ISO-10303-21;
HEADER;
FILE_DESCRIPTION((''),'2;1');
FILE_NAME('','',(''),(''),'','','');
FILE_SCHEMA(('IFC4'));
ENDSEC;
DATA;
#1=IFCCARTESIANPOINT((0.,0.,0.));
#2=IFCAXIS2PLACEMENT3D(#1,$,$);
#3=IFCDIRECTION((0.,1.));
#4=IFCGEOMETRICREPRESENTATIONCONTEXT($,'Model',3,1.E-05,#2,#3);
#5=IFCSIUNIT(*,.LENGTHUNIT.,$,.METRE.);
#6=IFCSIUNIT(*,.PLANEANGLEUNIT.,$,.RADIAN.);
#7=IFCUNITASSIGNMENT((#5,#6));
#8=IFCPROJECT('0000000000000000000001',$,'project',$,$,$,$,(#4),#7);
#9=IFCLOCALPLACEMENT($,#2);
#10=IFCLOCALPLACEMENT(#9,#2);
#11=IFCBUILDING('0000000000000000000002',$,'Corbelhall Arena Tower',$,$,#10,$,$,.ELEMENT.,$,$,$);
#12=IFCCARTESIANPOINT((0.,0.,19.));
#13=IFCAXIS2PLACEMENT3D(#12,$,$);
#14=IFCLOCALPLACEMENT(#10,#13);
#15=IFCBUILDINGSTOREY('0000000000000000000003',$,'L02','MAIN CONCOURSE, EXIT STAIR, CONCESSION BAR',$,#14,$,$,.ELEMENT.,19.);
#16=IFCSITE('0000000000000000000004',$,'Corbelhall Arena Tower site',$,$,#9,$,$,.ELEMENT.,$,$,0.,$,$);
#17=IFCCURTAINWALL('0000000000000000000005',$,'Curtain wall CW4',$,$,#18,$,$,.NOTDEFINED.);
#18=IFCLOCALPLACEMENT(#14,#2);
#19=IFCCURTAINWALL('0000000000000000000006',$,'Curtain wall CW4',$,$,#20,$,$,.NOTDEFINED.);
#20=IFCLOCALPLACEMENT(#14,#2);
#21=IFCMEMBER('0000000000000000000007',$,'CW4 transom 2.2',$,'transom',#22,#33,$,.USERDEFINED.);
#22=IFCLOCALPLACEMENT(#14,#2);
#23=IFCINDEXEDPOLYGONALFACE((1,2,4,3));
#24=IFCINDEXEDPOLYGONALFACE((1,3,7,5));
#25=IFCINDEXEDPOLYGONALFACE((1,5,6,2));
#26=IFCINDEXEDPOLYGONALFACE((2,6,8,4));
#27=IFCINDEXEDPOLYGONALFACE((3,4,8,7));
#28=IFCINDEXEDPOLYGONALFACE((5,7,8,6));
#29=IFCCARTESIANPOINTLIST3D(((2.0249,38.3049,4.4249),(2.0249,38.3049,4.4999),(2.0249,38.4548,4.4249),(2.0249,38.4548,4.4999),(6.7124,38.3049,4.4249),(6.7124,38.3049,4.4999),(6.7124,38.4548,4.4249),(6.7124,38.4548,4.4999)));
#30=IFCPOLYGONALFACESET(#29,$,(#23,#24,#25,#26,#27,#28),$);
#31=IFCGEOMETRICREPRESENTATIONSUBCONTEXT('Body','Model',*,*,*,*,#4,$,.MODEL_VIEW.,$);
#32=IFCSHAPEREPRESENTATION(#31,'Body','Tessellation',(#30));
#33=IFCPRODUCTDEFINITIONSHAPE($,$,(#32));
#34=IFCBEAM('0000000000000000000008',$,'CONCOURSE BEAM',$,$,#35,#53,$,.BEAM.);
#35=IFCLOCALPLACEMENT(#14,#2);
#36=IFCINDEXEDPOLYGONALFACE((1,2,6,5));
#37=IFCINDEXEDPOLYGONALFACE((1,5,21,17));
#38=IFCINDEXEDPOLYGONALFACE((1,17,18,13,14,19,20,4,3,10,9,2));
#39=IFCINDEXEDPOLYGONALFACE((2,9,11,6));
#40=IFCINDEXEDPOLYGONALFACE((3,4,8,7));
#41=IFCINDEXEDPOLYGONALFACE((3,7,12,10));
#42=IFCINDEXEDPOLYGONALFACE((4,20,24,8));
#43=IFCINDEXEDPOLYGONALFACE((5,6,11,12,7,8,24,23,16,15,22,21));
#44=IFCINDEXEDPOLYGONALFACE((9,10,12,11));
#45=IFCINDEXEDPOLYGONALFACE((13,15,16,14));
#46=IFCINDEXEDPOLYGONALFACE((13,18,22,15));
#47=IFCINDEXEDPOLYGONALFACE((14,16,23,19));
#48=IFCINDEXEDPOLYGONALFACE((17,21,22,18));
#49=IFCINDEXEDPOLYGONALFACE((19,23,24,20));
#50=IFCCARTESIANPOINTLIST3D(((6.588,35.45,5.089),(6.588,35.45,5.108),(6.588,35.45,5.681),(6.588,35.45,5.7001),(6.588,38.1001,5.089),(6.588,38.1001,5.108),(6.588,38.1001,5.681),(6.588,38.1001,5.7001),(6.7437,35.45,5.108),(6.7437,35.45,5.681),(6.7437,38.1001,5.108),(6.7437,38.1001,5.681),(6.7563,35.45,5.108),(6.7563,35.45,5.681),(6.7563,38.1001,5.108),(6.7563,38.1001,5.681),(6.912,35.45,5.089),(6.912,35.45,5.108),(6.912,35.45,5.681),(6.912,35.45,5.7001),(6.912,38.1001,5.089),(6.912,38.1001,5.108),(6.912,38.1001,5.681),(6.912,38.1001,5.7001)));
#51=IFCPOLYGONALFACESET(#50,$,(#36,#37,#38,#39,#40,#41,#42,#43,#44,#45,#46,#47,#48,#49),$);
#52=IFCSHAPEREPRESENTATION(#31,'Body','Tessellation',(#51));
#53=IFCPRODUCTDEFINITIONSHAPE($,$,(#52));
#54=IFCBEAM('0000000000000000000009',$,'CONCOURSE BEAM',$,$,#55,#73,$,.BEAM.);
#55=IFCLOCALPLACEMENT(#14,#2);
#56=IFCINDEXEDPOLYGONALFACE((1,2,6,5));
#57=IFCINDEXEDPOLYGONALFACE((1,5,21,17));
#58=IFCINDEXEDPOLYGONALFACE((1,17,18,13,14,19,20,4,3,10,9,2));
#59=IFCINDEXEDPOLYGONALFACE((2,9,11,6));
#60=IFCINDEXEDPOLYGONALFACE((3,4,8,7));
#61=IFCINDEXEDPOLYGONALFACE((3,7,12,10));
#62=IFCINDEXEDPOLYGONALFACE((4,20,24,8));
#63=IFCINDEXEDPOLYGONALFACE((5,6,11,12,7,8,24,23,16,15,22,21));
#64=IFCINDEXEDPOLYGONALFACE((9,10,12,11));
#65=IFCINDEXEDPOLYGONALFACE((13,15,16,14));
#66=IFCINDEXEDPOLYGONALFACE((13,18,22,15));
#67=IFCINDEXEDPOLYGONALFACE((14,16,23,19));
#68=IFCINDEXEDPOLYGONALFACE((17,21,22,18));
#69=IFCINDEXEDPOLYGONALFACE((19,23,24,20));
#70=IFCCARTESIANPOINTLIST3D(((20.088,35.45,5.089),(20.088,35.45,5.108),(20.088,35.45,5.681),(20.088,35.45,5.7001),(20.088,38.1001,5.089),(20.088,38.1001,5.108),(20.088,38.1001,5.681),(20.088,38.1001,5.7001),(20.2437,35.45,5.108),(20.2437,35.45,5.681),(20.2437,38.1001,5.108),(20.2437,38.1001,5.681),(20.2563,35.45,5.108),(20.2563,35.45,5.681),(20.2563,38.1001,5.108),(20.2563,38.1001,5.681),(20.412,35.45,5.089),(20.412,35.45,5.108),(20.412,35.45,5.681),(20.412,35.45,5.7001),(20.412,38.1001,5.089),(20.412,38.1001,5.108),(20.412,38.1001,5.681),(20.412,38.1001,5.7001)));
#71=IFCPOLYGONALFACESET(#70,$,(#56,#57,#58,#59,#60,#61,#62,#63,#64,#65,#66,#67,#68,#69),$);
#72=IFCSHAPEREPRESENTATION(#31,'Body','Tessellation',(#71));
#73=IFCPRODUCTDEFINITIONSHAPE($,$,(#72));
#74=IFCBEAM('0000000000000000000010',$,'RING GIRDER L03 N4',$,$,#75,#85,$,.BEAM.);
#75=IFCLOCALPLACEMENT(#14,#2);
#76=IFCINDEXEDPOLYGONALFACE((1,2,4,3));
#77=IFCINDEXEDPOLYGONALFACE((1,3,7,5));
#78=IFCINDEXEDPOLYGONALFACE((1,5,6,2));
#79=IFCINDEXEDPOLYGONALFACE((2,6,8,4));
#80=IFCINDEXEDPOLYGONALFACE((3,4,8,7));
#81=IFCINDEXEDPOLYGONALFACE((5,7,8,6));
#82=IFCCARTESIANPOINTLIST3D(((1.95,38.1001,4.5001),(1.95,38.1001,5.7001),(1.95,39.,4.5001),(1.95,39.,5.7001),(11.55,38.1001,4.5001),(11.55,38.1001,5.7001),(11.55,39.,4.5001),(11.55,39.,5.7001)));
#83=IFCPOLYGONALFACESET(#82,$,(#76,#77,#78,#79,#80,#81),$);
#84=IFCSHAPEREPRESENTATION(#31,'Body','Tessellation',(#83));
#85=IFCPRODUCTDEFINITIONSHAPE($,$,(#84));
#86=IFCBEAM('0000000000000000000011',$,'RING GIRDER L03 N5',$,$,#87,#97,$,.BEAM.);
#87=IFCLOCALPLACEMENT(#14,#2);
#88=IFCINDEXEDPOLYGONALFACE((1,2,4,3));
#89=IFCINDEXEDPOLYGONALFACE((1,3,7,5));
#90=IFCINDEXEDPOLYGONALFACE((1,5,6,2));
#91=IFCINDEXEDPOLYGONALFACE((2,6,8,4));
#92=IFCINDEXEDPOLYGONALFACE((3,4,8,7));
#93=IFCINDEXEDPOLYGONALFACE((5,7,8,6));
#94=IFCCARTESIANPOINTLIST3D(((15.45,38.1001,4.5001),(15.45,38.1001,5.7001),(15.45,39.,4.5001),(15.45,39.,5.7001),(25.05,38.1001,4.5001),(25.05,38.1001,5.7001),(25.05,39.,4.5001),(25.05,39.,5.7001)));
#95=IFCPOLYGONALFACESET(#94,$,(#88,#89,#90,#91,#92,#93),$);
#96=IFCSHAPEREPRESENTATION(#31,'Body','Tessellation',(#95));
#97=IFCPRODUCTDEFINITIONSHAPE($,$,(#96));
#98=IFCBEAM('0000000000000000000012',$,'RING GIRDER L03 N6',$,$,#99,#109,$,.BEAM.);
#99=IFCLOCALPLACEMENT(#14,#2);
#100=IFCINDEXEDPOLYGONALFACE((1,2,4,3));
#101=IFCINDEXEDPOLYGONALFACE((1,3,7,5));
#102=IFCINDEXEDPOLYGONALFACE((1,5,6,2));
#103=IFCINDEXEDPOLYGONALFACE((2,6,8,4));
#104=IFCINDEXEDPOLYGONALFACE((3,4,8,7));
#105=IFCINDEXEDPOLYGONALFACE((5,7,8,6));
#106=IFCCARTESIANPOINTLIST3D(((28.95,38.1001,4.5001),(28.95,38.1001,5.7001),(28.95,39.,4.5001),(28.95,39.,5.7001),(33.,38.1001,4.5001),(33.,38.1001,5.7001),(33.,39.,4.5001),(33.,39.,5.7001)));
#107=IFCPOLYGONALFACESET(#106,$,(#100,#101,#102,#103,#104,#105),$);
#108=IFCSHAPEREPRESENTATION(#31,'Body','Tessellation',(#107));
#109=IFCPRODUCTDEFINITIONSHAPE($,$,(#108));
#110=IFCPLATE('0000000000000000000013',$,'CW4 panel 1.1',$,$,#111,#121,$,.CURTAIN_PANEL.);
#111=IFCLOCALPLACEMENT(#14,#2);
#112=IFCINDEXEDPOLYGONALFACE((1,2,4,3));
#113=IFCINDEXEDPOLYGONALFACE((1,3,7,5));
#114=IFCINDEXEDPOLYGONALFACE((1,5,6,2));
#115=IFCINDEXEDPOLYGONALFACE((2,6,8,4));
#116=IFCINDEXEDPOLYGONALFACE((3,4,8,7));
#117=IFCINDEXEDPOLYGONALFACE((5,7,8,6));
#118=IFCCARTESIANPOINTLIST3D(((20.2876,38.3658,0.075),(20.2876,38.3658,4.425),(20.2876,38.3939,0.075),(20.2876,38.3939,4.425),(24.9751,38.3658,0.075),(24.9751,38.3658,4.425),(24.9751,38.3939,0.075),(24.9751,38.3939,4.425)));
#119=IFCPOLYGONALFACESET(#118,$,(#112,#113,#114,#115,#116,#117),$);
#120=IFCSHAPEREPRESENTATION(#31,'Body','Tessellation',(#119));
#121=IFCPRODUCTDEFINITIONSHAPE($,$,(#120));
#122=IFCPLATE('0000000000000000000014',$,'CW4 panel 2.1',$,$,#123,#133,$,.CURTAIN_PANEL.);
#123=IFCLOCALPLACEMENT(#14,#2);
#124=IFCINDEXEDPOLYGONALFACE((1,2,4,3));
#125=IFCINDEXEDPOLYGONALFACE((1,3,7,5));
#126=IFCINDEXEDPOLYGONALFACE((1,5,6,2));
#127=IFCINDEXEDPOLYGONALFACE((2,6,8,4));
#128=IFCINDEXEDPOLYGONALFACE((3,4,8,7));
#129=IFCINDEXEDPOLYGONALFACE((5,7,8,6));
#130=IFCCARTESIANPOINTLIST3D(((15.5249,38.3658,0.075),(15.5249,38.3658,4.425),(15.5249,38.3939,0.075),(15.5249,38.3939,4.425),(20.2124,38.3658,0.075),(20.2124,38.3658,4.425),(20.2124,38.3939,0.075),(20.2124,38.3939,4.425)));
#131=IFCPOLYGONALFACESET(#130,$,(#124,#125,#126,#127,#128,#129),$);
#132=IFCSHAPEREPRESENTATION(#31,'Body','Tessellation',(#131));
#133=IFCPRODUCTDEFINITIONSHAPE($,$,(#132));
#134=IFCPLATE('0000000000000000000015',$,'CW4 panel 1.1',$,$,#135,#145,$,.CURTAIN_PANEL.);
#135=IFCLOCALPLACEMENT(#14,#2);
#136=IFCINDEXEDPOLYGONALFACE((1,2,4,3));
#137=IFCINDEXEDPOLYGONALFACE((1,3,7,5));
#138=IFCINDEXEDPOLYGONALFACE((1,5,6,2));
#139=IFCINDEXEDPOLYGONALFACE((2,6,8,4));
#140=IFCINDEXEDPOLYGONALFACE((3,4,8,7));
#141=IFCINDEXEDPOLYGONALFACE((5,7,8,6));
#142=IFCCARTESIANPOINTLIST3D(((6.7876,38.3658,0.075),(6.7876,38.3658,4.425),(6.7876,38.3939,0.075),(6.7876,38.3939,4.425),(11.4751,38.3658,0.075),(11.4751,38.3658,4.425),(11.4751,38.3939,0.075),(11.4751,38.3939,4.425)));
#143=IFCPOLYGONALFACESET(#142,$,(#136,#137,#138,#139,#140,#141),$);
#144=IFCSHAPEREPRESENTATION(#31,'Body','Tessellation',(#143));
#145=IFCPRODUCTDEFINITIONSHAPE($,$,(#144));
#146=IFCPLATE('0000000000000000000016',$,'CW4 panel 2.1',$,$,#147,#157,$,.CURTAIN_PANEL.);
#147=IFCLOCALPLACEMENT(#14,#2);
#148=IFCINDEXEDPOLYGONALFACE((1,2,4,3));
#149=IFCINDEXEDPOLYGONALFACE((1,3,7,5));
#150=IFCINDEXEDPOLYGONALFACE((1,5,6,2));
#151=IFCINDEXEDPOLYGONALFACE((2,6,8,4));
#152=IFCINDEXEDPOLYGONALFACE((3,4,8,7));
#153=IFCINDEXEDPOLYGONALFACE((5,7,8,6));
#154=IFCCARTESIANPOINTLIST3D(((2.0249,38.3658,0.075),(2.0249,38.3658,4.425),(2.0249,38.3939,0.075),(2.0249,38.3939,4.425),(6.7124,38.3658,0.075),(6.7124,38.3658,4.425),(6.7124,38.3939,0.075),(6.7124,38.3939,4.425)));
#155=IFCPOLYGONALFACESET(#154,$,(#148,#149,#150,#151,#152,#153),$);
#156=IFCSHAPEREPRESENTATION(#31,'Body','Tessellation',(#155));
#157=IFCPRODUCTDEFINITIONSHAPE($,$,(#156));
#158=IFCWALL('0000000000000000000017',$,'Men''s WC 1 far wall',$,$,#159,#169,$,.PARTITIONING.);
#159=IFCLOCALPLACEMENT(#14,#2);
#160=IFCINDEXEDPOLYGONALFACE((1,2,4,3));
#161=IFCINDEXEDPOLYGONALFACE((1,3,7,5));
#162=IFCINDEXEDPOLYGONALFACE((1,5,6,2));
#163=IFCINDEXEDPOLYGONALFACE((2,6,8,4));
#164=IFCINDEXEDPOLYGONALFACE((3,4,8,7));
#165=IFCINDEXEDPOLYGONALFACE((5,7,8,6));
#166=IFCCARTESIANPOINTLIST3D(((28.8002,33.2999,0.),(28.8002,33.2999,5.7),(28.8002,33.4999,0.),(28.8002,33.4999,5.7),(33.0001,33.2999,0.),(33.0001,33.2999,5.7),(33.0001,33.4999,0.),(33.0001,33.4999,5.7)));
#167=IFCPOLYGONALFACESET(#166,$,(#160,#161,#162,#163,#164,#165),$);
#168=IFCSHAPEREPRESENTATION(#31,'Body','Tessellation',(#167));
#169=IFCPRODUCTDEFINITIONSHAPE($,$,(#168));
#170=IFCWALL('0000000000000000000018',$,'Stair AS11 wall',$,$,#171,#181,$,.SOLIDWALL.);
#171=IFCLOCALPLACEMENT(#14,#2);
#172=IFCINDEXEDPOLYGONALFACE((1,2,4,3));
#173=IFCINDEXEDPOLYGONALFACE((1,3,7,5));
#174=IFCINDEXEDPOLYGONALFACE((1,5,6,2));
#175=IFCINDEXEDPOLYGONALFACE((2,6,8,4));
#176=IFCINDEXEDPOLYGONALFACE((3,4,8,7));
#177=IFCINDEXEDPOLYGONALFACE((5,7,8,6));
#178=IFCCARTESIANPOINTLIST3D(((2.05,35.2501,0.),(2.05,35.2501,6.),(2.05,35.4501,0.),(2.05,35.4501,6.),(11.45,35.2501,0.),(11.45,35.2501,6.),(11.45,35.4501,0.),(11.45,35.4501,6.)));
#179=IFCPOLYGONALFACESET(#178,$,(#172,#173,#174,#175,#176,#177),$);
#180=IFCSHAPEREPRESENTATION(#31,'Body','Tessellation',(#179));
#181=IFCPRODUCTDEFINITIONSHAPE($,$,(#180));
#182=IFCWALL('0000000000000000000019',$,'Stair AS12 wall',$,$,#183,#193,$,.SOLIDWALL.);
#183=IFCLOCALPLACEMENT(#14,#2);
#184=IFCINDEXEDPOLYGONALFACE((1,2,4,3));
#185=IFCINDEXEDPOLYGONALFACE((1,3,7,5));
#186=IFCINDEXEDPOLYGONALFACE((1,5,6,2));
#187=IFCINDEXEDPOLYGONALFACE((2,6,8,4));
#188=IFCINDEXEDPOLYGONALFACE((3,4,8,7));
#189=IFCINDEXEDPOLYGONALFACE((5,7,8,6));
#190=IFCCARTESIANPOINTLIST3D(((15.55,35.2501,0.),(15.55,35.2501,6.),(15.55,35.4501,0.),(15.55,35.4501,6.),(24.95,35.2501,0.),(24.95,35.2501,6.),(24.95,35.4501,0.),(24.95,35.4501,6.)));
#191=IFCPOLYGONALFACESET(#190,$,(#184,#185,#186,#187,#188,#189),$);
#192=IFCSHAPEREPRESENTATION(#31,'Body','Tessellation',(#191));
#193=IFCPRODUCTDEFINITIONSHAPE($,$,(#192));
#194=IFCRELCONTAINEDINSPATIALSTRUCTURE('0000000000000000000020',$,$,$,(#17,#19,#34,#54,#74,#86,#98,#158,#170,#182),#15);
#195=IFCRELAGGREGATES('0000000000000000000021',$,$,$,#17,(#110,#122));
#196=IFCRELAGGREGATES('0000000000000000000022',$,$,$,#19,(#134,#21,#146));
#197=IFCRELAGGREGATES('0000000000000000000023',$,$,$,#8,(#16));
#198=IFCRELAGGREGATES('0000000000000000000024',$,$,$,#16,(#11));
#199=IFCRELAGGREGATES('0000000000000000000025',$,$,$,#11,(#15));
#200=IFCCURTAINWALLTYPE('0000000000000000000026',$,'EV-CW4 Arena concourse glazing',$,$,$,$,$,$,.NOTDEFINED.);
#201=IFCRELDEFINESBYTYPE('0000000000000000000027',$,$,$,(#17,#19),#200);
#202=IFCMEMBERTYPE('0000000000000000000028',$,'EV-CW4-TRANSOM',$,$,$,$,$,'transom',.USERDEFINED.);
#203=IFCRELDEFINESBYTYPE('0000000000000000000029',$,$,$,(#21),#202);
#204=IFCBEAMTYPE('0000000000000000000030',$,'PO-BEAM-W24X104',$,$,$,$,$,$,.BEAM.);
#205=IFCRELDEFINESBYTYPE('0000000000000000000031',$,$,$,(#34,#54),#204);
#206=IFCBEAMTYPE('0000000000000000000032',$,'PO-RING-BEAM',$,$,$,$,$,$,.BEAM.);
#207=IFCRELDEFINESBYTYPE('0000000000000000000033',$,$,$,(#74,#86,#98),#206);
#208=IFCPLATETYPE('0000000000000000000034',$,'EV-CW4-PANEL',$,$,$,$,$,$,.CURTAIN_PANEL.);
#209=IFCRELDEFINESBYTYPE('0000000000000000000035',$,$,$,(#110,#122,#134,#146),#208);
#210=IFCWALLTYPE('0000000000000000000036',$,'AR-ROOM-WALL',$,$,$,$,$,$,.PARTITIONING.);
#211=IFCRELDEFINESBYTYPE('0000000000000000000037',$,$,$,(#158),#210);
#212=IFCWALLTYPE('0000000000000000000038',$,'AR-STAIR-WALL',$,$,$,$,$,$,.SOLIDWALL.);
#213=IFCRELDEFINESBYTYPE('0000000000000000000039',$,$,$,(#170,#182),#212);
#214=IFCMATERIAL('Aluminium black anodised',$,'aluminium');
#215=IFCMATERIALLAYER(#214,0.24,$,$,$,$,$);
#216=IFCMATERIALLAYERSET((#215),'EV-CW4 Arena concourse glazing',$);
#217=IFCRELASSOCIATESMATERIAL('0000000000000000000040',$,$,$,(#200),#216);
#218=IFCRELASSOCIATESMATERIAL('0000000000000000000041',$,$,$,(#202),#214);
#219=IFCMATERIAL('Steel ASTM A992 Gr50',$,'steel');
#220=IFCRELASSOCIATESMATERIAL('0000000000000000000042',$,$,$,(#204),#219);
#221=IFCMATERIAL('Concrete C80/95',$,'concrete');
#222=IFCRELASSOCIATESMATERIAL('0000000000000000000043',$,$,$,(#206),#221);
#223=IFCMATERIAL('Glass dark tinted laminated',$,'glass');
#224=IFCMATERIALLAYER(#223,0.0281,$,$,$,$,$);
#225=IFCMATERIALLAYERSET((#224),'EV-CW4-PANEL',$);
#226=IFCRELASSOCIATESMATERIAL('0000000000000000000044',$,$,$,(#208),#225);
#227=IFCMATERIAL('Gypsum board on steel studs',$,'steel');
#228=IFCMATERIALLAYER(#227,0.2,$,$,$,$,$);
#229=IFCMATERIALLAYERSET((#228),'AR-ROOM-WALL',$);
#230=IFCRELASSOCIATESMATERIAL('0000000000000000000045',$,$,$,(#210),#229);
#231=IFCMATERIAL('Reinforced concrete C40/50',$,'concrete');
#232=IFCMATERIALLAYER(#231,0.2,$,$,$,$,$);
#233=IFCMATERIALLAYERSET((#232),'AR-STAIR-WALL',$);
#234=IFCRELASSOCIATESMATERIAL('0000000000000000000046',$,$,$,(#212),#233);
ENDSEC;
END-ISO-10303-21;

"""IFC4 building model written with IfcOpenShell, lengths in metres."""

from ifc_helpers import new_model, si_unit, direction, frame, frame_2d, origin, origin_2d, place, context, subcontext, project, spatial, rectangle, i_section, extrude, material, layer, layer_set, material_profile, profile_set, type_object, element, aggregate, save


model = new_model("IFC4")

# Units and contexts
model_context = context("Model", 3, precision=1e-05, world=origin(), true_north=direction((0.0, 1.0)))
body_context = subcontext(model_context, "Body", "Model", "MODEL_VIEW")
ifc_project = project(units=[si_unit("LENGTHUNIT", "METRE"), si_unit("PLANEANGLEUNIT", "RADIAN")], contexts=[model_context])

# Site, building, storey
site_placement = place(None, origin())
site = spatial("IfcSite", under=ifc_project, at=site_placement, Name="Corbelhall Arena Tower site", CompositionType="ELEMENT", RefElevation=0.0)
building_placement = place(site_placement, origin())
building = spatial("IfcBuilding", under=site, at=building_placement, Name="Corbelhall Arena Tower", CompositionType="ELEMENT")
storey_placement = place(building_placement, frame((0.0, 0.0, 19.0)))
storey = spatial("IfcBuildingStorey", under=building, at=storey_placement, Name="L02", Description="MAIN CONCOURSE, EXIT STAIR, CONCESSION BAR", CompositionType="ELEMENT", Elevation=19.0)

# Shared definitions
ifc_material_1 = material(Name="Concrete C80/95", Category="concrete")

# Curtain walls
ifc_material_2 = material(Name="Aluminium black anodised", Category="aluminium")
ifc_layer_1 = layer(ifc_material_2, 0.24)
ifc_layer_set_1 = layer_set([ifc_layer_1], Name="EV-CW4 Arena concourse glazing")
curtain_wall_type = type_object("IfcCurtainWallType", Name="EV-CW4 Arena concourse glazing", PredefinedType="NOTDEFINED", material=ifc_layer_set_1)
curtain_wall_1_placement = place(storey_placement, origin())
curtain_wall_1 = element("IfcCurtainWall", 1, at=curtain_wall_1_placement, inside=storey, type_object=curtain_wall_type, Name="Curtain wall CW4", PredefinedType="NOTDEFINED")
curtain_wall_2_placement = place(storey_placement, origin())
curtain_wall_2 = element("IfcCurtainWall", 2, at=curtain_wall_2_placement, inside=storey, type_object=curtain_wall_type, Name="Curtain wall CW4", PredefinedType="NOTDEFINED")

# Member
ifc_material_profile_1 = material_profile(ifc_material_2, rectangle(XDim=0.1499, YDim=0.075, at=origin_2d()))
ifc_profile_set_1 = profile_set([ifc_material_profile_1], Name="Aluminium black anodised")
member_type_1 = type_object("IfcMemberType", Name="EV-CW4-TRANSOM", ElementType="transom", PredefinedType="USERDEFINED", material=ifc_profile_set_1)
member_1_placement = place(storey_placement, frame((6.7124, 38.3799, 4.4624), z_axis=(-1.0, 0.0, 0.0), x_axis=(0.0, -1.0, 0.0)))
member_1 = element("IfcMember", 3, at=member_1_placement, type_object=member_type_1, Name="CW4 transom 2.2", ObjectType="transom", PredefinedType="USERDEFINED", context=body_context, shape_type="SweptSolid", body=[
    extrude(rectangle(XDim=0.1499, YDim=0.075, at=origin_2d()), origin(), (0.0, 0.0, 1.0), 4.6875),
])

# Beams
ifc_material_3 = material(Name="Steel ASTM A992 Gr50", Category="steel")
ifc_material_profile_2 = material_profile(ifc_material_3, i_section(OverallWidth=0.324, OverallDepth=0.6111, WebThickness=0.0127, FlangeThickness=0.019, at=origin_2d()))
ifc_profile_set_2 = profile_set([ifc_material_profile_2], Name="Steel ASTM A992 Gr50")
beam_type_1 = type_object("IfcBeamType", Name="PO-BEAM-W24X104", PredefinedType="BEAM", material=ifc_profile_set_2)
for number, where, z_axis, x_axis, name in (
    (4, (6.75, 35.45, 5.3945), (0.0, 1.0, 0.0), (-1.0, 0.0, 0.0), "CONCOURSE BEAM"),
    (5, (20.25, 35.45, 5.3945), (0.0, 1.0, 0.0), (-1.0, 0.0, 0.0), "CONCOURSE BEAM"),
):
    element("IfcBeam", number, at=place(storey_placement, frame(where, z_axis=z_axis, x_axis=x_axis)), inside=storey, type_object=beam_type_1, Name=name, PredefinedType="BEAM", context=body_context, shape_type="SweptSolid", body=[
        extrude(i_section(OverallWidth=0.324, OverallDepth=0.6111, WebThickness=0.0127, FlangeThickness=0.019, at=origin_2d()), origin(), (0.0, 0.0, 1.0), 2.6501),
    ])
ifc_material_profile_3 = material_profile(ifc_material_1, rectangle(XDim=0.8999, YDim=1.2, at=origin_2d()))
ifc_profile_set_3 = profile_set([ifc_material_profile_3], Name="Concrete C80/95")
beam_type_2 = type_object("IfcBeamType", Name="PO-RING-BEAM", PredefinedType="BEAM", material=ifc_profile_set_3)
for number, where, z_axis, x_axis, name in (
    (6, (1.95, 38.55, 5.1001), (1.0, 0.0, 0.0), (0.0, 1.0, 0.0), "RING GIRDER L03 N4"),
    (7, (15.45, 38.55, 5.1001), (1.0, 0.0, 0.0), (0.0, 1.0, 0.0), "RING GIRDER L03 N5"),
):
    element("IfcBeam", number, at=place(storey_placement, frame(where, z_axis=z_axis, x_axis=x_axis)), inside=storey, type_object=beam_type_2, Name=name, PredefinedType="BEAM", context=body_context, shape_type="SweptSolid", body=[
        extrude(rectangle(XDim=0.8999, YDim=1.2, at=origin_2d()), origin(), (0.0, 0.0, 1.0), 9.6001),
    ])
beam_placement = place(storey_placement, frame((28.95, 38.55, 5.1001), z_axis=(1.0, 0.0, 0.0), x_axis=(0.0, 1.0, 0.0)))
element("IfcBeam", 8, at=beam_placement, inside=storey, type_object=beam_type_2, Name="RING GIRDER L03 N6", PredefinedType="BEAM", context=body_context, shape_type="SweptSolid", body=[
    extrude(rectangle(XDim=0.8999, YDim=1.2, at=origin_2d()), origin(), (0.0, 0.0, 1.0), 4.05),
])

# Plates
ifc_material_4 = material(Name="Glass dark tinted laminated", Category="glass")
ifc_layer_2 = layer(ifc_material_4, 0.0281)
ifc_layer_set_2 = layer_set([ifc_layer_2], Name="EV-CW4-PANEL")
plate_type = type_object("IfcPlateType", Name="EV-CW4-PANEL", PredefinedType="CURTAIN_PANEL", material=ifc_layer_set_2)
plate_1_placement = place(storey_placement, frame((22.6313, 38.3799, 0.075), z_axis=(0.0, 0.0, 1.0), x_axis=(-1.0, 0.0, 0.0)))
plate_1 = element("IfcPlate", 9, at=plate_1_placement, type_object=plate_type, Name="CW4 panel 1.1", PredefinedType="CURTAIN_PANEL", context=body_context, shape_type="SweptSolid", body=[
    extrude(rectangle(XDim=4.6875, YDim=0.0281, at=origin_2d()), origin(), (0.0, 0.0, 1.0), 4.3501),
])
plate_2_placement = place(storey_placement, frame((17.8687, 38.3799, 0.075), z_axis=(0.0, 0.0, 1.0), x_axis=(-1.0, 0.0, 0.0)))
plate_2 = element("IfcPlate", 10, at=plate_2_placement, type_object=plate_type, Name="CW4 panel 2.1", PredefinedType="CURTAIN_PANEL", context=body_context, shape_type="SweptSolid", body=[
    extrude(rectangle(XDim=4.6875, YDim=0.0281, at=origin_2d()), origin(), (0.0, 0.0, 1.0), 4.3501),
])
aggregate(curtain_wall_1, [plate_1, plate_2])
plate_3_placement = place(storey_placement, frame((9.1313, 38.3799, 0.075), z_axis=(0.0, 0.0, 1.0), x_axis=(-1.0, 0.0, 0.0)))
plate_3 = element("IfcPlate", 11, at=plate_3_placement, type_object=plate_type, Name="CW4 panel 1.1", PredefinedType="CURTAIN_PANEL", context=body_context, shape_type="SweptSolid", body=[
    extrude(rectangle(XDim=4.6875, YDim=0.0281, at=origin_2d()), origin(), (0.0, 0.0, 1.0), 4.3501),
])
plate_4_placement = place(storey_placement, frame((4.3687, 38.3799, 0.075), z_axis=(0.0, 0.0, 1.0), x_axis=(-1.0, 0.0, 0.0)))
plate_4 = element("IfcPlate", 12, at=plate_4_placement, type_object=plate_type, Name="CW4 panel 2.1", PredefinedType="CURTAIN_PANEL", context=body_context, shape_type="SweptSolid", body=[
    extrude(rectangle(XDim=4.6875, YDim=0.0281, at=origin_2d()), origin(), (0.0, 0.0, 1.0), 4.3501),
])
aggregate(curtain_wall_2, [plate_3, member_1, plate_4])

# Walls
ifc_material_5 = material(Name="Gypsum board on steel studs", Category="steel")
ifc_layer_3 = layer(ifc_material_5, 0.2)
ifc_layer_set_3 = layer_set([ifc_layer_3], Name="AR-ROOM-WALL")
wall_type_1 = type_object("IfcWallType", Name="AR-ROOM-WALL", PredefinedType="PARTITIONING", material=ifc_layer_set_3)
wall_placement = place(storey_placement, frame((28.8, 33.3999, 0.0), z_axis=(0.0, 0.0, 1.0), x_axis=(1.0, 0.0, 0.0)))
element("IfcWall", 13, at=wall_placement, inside=storey, type_object=wall_type_1, Name="Men's WC 1 far wall", PredefinedType="PARTITIONING", context=body_context, shape_type="SweptSolid", body=[
    extrude(rectangle(XDim=4.2, YDim=0.2, at=frame_2d((2.1001, 0.0))), origin(), (0.0, 0.0, 1.0), 5.7),
])
ifc_material_6 = material(Name="Reinforced concrete C40/50", Category="concrete")
ifc_layer_4 = layer(ifc_material_6, 0.2)
ifc_layer_set_4 = layer_set([ifc_layer_4], Name="AR-STAIR-WALL")
wall_type_2 = type_object("IfcWallType", Name="AR-STAIR-WALL", PredefinedType="SOLIDWALL", material=ifc_layer_set_4)
for number, where, z_axis, x_axis, name in (
    (14, (2.05, 35.3501, 0.0), (0.0, 0.0, 1.0), (1.0, 0.0, 0.0), "Stair AS11 wall"),
    (15, (15.55, 35.3501, 0.0), (0.0, 0.0, 1.0), (1.0, 0.0, 0.0), "Stair AS12 wall"),
):
    element("IfcWall", number, at=place(storey_placement, frame(where, z_axis=z_axis, x_axis=x_axis)), inside=storey, type_object=wall_type_2, Name=name, PredefinedType="SOLIDWALL", context=body_context, shape_type="SweptSolid", body=[
        extrude(rectangle(XDim=9.3999, YDim=0.2, at=frame_2d((4.7, 0.0))), origin(), (0.0, 0.0, 1.0), 6.0),
    ])

save(model, "model.ifc")
